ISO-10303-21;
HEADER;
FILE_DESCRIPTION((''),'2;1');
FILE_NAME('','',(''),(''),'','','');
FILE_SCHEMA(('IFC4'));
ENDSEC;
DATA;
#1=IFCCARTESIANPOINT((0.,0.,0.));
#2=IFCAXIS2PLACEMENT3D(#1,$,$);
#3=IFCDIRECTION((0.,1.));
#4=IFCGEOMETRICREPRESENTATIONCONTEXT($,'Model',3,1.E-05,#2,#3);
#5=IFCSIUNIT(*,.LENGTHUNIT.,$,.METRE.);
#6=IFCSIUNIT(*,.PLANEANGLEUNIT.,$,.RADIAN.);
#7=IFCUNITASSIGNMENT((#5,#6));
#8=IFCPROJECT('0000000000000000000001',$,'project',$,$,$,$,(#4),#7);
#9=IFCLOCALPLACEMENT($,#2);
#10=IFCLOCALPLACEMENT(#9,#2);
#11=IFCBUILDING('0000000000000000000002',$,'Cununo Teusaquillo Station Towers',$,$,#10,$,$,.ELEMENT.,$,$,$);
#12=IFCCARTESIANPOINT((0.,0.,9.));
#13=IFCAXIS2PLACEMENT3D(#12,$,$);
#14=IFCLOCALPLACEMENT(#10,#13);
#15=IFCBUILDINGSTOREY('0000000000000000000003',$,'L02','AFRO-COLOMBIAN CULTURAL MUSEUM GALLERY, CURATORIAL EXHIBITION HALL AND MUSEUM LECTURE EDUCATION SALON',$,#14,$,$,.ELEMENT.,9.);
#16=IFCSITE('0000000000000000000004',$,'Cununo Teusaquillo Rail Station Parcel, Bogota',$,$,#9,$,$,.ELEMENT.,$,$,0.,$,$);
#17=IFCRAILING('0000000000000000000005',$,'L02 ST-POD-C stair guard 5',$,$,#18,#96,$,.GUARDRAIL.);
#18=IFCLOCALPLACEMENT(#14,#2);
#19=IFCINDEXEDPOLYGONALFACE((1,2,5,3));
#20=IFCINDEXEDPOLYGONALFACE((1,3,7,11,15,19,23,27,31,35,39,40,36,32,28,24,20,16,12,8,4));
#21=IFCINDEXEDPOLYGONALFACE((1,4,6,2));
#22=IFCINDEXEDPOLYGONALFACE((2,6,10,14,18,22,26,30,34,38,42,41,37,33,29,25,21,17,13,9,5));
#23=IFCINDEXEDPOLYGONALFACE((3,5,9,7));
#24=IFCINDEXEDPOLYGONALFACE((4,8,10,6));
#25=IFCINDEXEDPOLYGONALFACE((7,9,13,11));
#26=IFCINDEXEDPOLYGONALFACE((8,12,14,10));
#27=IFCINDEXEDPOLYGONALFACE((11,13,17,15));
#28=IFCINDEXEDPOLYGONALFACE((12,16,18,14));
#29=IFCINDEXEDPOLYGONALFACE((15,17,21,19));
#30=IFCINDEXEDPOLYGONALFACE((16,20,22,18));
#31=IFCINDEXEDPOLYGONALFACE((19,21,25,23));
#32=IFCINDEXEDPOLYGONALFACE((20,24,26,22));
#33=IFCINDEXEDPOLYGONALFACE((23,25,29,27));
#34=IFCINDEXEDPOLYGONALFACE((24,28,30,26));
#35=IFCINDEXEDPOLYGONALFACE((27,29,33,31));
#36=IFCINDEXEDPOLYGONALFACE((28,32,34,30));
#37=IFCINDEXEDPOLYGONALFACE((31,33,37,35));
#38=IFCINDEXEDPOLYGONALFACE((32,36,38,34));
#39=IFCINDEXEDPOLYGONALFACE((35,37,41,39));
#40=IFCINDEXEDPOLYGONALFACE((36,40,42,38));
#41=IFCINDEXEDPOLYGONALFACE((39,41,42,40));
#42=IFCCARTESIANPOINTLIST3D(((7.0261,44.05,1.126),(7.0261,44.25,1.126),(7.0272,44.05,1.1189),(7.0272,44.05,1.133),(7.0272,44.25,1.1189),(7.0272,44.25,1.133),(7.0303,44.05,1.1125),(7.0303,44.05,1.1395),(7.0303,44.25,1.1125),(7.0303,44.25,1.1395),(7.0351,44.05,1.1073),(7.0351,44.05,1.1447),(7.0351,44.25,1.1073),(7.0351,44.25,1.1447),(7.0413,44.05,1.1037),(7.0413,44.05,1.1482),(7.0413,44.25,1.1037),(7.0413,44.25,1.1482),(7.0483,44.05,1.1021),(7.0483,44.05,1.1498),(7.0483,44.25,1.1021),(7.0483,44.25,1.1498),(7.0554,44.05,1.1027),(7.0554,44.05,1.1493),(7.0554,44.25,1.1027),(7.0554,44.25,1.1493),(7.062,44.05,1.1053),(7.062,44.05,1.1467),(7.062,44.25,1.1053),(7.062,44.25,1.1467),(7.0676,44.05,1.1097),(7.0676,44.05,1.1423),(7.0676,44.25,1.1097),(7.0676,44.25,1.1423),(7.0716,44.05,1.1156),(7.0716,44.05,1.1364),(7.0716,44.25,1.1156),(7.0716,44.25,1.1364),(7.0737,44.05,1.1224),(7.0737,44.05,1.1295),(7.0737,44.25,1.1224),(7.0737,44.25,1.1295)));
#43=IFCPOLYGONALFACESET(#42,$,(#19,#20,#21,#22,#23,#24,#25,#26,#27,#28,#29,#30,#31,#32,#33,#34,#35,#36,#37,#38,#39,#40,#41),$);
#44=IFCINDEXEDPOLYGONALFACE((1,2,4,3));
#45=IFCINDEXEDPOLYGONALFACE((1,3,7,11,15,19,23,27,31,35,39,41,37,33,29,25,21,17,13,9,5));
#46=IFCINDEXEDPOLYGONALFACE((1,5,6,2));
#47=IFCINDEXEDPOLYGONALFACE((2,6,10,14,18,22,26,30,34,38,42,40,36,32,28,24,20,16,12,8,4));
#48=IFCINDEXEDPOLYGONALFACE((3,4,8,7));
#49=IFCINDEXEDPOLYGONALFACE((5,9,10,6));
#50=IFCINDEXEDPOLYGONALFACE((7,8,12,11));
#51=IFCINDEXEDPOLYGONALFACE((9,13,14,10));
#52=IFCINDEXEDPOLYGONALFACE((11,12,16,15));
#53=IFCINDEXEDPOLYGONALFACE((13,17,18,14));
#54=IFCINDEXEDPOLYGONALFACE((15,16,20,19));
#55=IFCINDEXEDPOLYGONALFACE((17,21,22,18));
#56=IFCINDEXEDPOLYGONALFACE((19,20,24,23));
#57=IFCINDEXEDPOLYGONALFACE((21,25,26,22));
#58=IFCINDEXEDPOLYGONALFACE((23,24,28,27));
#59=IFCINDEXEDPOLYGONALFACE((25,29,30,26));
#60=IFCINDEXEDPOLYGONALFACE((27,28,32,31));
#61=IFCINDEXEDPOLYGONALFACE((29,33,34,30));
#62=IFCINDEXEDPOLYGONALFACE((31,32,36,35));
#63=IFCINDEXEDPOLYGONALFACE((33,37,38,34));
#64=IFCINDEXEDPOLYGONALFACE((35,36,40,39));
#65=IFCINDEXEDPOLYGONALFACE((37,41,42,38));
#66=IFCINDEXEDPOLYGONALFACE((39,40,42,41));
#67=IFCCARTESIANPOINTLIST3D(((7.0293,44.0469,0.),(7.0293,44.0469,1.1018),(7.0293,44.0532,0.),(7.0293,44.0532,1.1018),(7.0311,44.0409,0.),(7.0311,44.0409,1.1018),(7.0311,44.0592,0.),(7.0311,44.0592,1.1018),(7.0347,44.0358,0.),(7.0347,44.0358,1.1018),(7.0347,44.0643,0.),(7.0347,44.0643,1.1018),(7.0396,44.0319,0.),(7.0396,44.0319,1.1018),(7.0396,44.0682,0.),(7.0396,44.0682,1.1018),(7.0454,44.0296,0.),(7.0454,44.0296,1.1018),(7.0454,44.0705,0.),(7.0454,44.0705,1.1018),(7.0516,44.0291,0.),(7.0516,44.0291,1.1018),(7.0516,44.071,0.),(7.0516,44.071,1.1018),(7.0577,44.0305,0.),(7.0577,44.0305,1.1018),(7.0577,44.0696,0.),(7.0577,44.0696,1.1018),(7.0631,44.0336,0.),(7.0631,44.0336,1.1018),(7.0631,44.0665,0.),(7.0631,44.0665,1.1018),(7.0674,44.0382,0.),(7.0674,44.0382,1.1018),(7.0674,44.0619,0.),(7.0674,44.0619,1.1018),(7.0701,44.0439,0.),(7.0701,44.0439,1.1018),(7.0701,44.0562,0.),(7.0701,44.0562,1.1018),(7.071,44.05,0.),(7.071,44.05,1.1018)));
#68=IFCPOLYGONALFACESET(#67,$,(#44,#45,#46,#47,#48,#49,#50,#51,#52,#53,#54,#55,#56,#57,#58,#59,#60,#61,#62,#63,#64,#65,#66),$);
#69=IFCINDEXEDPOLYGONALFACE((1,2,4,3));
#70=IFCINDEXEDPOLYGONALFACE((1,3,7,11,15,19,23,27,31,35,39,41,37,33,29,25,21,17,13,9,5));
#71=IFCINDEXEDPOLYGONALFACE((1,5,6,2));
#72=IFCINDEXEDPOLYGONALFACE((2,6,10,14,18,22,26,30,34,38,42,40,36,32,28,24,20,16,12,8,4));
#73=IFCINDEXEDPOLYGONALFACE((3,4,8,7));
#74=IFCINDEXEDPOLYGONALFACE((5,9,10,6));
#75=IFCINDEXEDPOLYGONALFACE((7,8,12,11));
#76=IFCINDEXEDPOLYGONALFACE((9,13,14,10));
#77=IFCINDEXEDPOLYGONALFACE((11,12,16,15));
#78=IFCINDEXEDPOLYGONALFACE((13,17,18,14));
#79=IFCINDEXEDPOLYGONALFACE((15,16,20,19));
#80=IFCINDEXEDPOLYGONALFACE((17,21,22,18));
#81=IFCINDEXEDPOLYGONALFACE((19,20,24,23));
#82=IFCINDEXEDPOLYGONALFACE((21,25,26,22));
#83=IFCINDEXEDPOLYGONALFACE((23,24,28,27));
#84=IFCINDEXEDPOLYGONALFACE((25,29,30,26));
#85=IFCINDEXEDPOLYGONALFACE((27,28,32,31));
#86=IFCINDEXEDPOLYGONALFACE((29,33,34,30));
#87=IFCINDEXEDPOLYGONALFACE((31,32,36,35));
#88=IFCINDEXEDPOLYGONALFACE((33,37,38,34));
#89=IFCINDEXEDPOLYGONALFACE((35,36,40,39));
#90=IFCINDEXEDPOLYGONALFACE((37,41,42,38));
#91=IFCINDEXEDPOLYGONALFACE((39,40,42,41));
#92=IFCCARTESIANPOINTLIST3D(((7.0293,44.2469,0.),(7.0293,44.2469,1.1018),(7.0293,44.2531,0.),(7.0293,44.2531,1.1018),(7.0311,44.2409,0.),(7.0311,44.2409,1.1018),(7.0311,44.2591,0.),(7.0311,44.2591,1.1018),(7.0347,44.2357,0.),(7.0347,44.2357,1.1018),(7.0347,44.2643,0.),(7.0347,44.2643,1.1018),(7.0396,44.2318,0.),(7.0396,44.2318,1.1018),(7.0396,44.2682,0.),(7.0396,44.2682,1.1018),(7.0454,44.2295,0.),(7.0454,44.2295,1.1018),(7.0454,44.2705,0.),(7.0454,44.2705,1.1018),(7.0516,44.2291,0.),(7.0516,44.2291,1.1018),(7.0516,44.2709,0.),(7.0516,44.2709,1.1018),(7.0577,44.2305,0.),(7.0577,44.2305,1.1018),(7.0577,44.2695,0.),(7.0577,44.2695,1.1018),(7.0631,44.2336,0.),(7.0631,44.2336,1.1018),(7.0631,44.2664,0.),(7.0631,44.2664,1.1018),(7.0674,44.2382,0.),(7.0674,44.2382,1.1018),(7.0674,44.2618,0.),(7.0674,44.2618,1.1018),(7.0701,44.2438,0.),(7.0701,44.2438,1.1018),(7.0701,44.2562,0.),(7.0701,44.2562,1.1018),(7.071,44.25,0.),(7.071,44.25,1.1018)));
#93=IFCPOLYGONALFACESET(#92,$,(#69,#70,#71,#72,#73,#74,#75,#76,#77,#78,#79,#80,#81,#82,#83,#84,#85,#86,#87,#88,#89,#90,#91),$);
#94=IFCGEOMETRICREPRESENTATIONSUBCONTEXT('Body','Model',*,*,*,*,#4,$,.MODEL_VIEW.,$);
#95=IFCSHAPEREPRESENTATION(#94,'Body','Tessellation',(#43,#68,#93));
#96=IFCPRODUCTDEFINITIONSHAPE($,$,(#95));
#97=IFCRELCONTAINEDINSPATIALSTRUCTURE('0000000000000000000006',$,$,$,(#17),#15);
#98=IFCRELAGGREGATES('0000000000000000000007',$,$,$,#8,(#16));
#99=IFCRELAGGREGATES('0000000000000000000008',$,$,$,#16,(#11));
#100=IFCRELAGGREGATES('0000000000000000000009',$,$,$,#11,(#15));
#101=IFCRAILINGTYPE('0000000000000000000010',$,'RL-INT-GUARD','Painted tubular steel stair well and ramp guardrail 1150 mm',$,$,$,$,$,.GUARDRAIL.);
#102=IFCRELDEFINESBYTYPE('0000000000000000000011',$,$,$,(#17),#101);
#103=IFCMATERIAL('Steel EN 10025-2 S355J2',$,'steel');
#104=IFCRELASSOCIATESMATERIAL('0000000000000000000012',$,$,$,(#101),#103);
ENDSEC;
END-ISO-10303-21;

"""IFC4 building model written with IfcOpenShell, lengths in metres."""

from ifc_helpers import new_model, si_unit, direction, frame, origin, origin_2d, place, context, subcontext, project, spatial, circle, extrude, material, type_object, element, save


model = new_model("IFC4")

# Units and contexts
model_context = context("Model", 3, precision=1e-05, world=origin(), true_north=direction((0.0, 1.0)))
body_context = subcontext(model_context, "Body", "Model", "MODEL_VIEW")
ifc_project = project(units=[si_unit("LENGTHUNIT", "METRE"), si_unit("PLANEANGLEUNIT", "RADIAN")], contexts=[model_context])

# Site, building, storey
site_placement = place(None, origin())
site = spatial("IfcSite", under=ifc_project, at=site_placement, Name="Cununo Teusaquillo Rail Station Parcel, Bogota", CompositionType="ELEMENT", RefElevation=0.0)
building_placement = place(site_placement, origin())
building = spatial("IfcBuilding", under=site, at=building_placement, Name="Cununo Teusaquillo Station Towers", CompositionType="ELEMENT")
storey_placement = place(building_placement, frame((0.0, 0.0, 9.0)))
storey = spatial("IfcBuildingStorey", under=building, at=storey_placement, Name="L02", Description="AFRO-COLOMBIAN CULTURAL MUSEUM GALLERY, CURATORIAL EXHIBITION HALL AND MUSEUM LECTURE EDUCATION SALON", CompositionType="ELEMENT", Elevation=9.0)

# Railing
ifc_material_1 = material(Name="Steel EN 10025-2 S355J2", Category="steel")
railing_type_1 = type_object("IfcRailingType", Name="RL-INT-GUARD", Description="Painted tubular steel stair well and ramp guardrail 1150 mm", PredefinedType="GUARDRAIL", material=ifc_material_1)
railing_1_placement = place(storey_placement, frame((7.05, 44.05, 0.0)))
element("IfcRailing", 1, at=railing_1_placement, inside=storey, type_object=railing_type_1, Name="L02 ST-POD-C stair guard 5", PredefinedType="GUARDRAIL", context=body_context, shape_type="SweptSolid", body=[
    extrude(circle(Radius=0.0239, at=origin_2d()), frame((0.0, 0.0, 1.126), z_axis=(0.0, 1.0, 0.0), x_axis=(-1.0, 0.0, 0.0)), (0.0, 0.0, 1.0), 0.2),
    extrude(circle(Radius=0.021, at=origin_2d()), origin(), (0.0, 0.0, 1.0), 1.1018),
    extrude(circle(Radius=0.021, at=origin_2d()), frame((0.0, 0.2, 0.0)), (0.0, 0.0, 1.0), 1.1018),
])

save(model, "model.ifc")
